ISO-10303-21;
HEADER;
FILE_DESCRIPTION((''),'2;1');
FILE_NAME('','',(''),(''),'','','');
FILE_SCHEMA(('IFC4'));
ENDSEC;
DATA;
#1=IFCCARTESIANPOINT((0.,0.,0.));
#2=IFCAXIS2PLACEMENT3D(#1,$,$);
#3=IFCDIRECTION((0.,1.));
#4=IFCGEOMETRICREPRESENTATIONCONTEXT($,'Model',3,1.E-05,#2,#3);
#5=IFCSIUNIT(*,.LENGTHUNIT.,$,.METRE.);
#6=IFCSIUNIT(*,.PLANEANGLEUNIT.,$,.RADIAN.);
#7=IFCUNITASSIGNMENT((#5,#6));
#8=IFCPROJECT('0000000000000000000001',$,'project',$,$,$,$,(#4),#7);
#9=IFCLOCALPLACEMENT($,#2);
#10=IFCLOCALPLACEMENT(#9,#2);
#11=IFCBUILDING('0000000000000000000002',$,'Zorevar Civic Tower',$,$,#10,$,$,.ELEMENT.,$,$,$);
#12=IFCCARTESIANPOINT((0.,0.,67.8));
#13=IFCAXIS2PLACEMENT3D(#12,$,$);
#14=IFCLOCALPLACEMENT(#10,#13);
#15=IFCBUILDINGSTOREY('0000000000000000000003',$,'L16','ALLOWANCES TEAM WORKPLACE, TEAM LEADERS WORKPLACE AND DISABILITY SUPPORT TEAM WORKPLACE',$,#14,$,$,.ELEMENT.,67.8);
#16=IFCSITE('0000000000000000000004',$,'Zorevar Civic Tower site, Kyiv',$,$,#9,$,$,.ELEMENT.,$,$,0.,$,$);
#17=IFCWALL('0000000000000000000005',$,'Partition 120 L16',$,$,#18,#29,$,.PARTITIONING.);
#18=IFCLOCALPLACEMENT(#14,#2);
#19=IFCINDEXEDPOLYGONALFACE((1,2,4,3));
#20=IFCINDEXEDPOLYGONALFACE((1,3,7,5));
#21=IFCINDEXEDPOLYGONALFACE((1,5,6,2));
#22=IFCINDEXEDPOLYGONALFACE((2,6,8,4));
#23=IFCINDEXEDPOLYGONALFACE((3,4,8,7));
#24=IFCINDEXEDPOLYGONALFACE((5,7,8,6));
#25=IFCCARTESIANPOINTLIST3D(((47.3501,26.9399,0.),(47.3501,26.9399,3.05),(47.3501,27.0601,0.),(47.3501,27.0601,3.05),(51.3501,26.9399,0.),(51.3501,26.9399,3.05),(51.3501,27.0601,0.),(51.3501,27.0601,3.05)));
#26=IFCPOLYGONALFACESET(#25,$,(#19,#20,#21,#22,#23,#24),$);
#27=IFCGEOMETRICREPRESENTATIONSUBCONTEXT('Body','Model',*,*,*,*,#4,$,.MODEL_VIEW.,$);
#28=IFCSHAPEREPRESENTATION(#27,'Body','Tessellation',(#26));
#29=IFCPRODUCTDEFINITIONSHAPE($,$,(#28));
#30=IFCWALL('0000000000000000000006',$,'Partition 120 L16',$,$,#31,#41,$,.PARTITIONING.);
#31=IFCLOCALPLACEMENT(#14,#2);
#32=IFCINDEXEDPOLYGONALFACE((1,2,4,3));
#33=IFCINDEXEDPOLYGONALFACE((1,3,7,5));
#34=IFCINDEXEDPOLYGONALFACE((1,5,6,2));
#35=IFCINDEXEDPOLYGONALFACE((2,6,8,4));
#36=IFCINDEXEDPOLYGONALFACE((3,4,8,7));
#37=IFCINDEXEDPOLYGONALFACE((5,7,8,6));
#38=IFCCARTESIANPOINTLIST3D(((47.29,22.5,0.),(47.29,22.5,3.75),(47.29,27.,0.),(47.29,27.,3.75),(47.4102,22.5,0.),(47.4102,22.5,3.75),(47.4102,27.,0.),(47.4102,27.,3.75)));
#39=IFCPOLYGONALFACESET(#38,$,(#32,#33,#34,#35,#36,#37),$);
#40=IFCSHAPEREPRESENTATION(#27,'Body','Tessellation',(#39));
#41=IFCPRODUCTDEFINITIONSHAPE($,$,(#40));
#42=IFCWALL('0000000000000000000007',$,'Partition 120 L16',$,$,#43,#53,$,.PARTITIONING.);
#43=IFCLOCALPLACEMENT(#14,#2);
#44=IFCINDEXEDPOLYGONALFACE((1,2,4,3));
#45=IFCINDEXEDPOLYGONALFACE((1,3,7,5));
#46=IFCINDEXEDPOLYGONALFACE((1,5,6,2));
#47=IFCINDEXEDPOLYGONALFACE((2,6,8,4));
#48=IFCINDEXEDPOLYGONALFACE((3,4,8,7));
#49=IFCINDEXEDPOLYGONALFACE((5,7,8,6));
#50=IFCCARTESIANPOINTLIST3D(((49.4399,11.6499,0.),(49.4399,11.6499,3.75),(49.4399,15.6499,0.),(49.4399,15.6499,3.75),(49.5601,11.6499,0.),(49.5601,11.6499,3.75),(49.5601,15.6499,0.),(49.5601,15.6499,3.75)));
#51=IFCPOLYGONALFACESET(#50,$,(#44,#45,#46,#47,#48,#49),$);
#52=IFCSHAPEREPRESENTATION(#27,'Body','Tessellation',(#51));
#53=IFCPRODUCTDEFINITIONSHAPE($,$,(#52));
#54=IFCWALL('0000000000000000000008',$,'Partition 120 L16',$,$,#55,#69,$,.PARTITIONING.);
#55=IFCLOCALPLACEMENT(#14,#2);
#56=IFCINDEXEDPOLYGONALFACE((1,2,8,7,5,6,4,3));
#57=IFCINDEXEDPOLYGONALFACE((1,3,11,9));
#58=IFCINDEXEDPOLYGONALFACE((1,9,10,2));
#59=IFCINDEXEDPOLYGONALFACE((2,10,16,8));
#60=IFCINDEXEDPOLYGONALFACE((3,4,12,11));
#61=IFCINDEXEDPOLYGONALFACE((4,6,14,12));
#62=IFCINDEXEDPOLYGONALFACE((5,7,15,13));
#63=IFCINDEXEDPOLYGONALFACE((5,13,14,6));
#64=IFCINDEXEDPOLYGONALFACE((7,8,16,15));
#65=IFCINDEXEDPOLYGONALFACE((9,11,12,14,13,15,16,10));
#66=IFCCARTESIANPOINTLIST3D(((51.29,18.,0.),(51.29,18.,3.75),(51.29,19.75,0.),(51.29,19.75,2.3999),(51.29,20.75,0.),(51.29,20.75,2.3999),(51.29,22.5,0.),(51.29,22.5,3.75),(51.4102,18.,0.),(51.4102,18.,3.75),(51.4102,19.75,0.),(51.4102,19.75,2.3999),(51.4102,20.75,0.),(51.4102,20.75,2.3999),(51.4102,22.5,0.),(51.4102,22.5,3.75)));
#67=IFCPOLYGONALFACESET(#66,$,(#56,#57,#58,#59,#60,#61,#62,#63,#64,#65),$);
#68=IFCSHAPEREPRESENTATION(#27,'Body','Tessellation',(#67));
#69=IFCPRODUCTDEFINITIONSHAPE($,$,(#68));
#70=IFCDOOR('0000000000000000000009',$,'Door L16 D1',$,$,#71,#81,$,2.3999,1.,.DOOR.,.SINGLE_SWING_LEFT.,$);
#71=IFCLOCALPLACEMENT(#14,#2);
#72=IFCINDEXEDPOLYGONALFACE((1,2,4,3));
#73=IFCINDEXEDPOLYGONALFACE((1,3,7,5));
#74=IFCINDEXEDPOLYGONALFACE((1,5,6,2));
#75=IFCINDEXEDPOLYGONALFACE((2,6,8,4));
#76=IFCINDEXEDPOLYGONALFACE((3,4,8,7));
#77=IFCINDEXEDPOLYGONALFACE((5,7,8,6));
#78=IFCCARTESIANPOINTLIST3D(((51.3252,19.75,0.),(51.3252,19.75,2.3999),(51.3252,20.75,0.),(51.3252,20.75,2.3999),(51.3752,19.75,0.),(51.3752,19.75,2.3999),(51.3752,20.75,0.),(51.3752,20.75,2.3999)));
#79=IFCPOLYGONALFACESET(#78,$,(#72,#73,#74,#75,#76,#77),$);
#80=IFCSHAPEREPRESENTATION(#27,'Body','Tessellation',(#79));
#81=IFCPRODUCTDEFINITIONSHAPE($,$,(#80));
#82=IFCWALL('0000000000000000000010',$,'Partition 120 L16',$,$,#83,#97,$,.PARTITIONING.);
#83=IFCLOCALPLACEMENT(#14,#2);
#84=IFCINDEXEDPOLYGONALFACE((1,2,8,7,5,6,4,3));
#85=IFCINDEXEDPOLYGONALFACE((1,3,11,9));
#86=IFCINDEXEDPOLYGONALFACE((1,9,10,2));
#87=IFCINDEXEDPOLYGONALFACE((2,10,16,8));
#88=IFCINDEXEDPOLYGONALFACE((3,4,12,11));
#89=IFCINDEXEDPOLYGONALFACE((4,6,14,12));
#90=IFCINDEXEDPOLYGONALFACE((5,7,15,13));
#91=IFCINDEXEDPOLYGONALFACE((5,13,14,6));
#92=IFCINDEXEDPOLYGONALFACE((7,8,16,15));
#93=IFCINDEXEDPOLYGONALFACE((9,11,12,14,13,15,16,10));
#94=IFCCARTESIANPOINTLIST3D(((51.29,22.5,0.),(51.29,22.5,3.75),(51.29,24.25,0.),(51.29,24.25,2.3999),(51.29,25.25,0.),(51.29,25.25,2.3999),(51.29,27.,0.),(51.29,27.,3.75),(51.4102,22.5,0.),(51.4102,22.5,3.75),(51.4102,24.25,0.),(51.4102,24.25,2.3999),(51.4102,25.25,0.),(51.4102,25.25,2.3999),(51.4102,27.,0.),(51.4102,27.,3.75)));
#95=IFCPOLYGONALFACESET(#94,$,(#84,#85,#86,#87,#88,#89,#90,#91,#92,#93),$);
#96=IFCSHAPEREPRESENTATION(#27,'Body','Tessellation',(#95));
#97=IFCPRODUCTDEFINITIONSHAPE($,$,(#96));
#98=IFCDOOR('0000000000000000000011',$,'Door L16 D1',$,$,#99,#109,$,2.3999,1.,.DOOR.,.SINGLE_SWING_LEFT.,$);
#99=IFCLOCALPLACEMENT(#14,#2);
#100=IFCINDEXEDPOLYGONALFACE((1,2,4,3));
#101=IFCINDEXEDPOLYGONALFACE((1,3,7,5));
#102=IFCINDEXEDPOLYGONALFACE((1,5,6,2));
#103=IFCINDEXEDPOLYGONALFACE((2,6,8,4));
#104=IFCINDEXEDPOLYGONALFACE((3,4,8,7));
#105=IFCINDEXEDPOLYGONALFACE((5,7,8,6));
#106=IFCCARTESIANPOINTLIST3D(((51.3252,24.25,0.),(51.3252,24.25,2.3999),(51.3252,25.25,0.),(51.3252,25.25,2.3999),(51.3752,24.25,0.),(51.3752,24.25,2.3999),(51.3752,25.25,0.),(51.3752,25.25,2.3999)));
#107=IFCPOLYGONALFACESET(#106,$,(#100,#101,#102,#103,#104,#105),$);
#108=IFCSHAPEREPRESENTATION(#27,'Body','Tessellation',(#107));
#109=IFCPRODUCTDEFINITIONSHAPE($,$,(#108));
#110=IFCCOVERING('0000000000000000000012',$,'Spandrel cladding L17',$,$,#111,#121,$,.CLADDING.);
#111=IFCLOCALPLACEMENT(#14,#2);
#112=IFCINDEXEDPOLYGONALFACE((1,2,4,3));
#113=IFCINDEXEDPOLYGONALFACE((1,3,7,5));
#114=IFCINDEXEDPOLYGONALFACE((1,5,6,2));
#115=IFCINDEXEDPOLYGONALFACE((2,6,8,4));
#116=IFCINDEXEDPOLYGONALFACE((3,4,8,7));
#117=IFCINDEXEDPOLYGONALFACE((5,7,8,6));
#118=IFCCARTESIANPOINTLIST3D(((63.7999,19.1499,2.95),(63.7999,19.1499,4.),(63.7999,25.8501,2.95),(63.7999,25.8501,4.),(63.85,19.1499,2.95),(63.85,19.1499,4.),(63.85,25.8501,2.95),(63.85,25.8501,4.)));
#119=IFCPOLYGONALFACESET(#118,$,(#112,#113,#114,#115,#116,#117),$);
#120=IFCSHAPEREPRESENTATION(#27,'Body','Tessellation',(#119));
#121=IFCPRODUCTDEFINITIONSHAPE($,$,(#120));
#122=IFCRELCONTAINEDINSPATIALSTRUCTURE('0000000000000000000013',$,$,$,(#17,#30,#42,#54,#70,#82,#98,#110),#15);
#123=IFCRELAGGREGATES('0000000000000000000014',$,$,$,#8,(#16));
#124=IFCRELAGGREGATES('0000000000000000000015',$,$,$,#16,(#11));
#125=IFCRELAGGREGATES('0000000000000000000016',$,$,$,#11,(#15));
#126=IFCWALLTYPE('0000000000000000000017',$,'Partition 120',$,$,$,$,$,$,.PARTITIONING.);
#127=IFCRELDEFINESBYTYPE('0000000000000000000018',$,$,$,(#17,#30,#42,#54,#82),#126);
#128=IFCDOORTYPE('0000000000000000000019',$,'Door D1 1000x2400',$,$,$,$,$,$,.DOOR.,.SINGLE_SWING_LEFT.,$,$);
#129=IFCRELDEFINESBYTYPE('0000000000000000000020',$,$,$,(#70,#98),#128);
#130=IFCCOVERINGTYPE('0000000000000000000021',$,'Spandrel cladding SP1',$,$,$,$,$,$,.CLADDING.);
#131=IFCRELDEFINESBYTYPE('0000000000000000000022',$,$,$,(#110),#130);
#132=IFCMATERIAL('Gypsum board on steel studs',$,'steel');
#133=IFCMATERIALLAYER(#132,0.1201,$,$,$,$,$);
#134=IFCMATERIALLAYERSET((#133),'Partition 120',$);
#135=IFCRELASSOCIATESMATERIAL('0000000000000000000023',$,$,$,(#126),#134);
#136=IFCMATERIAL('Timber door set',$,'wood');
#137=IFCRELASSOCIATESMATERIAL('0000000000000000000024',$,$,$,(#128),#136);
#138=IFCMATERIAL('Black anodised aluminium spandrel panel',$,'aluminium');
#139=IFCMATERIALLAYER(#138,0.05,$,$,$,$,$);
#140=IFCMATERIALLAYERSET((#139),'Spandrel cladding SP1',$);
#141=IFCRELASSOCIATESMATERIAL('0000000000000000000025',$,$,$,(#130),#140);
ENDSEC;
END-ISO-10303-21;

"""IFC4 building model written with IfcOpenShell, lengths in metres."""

from ifc_helpers import new_model, si_unit, direction, frame, frame_2d, origin, place, context, subcontext, project, spatial, rectangle, extrude, material, layer, layer_set, type_object, element, fill, save


model = new_model("IFC4")

# Units and contexts
model_context = context("Model", 3, precision=1e-05, world=origin(), true_north=direction((0.0, 1.0)))
body_context = subcontext(model_context, "Body", "Model", "MODEL_VIEW")
ifc_project = project(units=[si_unit("LENGTHUNIT", "METRE"), si_unit("PLANEANGLEUNIT", "RADIAN")], contexts=[model_context])

# Site, building, storey
site_placement = place(None, origin())
site = spatial("IfcSite", under=ifc_project, at=site_placement, Name="Zorevar Civic Tower site, Kyiv", CompositionType="ELEMENT", RefElevation=0.0)
building_placement = place(site_placement, origin())
building = spatial("IfcBuilding", under=site, at=building_placement, Name="Zorevar Civic Tower", CompositionType="ELEMENT")
storey_placement = place(building_placement, frame((0.0, 0.0, 67.8)))
storey = spatial("IfcBuildingStorey", under=building, at=storey_placement, Name="L16", Description="ALLOWANCES TEAM WORKPLACE, TEAM LEADERS WORKPLACE AND DISABILITY SUPPORT TEAM WORKPLACE", CompositionType="ELEMENT", Elevation=67.8)

# Walls
ifc_material_1 = material(Name="Gypsum board on steel studs", Category="steel")
ifc_layer_1 = layer(ifc_material_1, 0.1201)
ifc_layer_set_1 = layer_set([ifc_layer_1], Name="Partition 120")
wall_type_1 = type_object("IfcWallType", Name="Partition 120", PredefinedType="PARTITIONING", material=ifc_layer_set_1)
wall_1_placement = place(storey_placement, frame((47.3501, 27.0, 0.0), z_axis=(0.0, 0.0, 1.0), x_axis=(1.0, 0.0, 0.0)))
element("IfcWall", 1, at=wall_1_placement, inside=storey, type_object=wall_type_1, Name="Partition 120 L16", PredefinedType="PARTITIONING", context=body_context, shape_type="SweptSolid", body=[
    extrude(rectangle(XDim=4.0, YDim=0.1201, at=frame_2d((2.0, 0.0))), origin(), (0.0, 0.0, 1.0), 3.05),
])
wall_2_placement = place(storey_placement, frame((47.3501, 22.5, 0.0), z_axis=(0.0, 0.0, 1.0), x_axis=(0.0, 1.0, 0.0)))
element("IfcWall", 2, at=wall_2_placement, inside=storey, type_object=wall_type_1, Name="Partition 120 L16", PredefinedType="PARTITIONING", context=body_context, shape_type="SweptSolid", body=[
    extrude(rectangle(XDim=4.5, YDim=0.1201, at=frame_2d((2.25, 0.0))), origin(), (0.0, 0.0, 1.0), 3.75),
])
wall_3_placement = place(storey_placement, frame((49.5, 11.6499, 0.0), z_axis=(0.0, 0.0, 1.0), x_axis=(0.0, 1.0, 0.0)))
element("IfcWall", 3, at=wall_3_placement, inside=storey, type_object=wall_type_1, Name="Partition 120 L16", PredefinedType="PARTITIONING", context=body_context, shape_type="SweptSolid", body=[
    extrude(rectangle(XDim=4.0, YDim=0.1201, at=frame_2d((2.0, 0.0))), origin(), (0.0, 0.0, 1.0), 3.75),
])

# Walls, openings, doors
wall_4_placement = place(storey_placement, frame((51.3501, 18.0, 0.0), z_axis=(0.0, 0.0, 1.0), x_axis=(0.0, 1.0, 0.0)))
wall_4 = element("IfcWall", 4, at=wall_4_placement, inside=storey, type_object=wall_type_1, Name="Partition 120 L16", PredefinedType="PARTITIONING", context=body_context, shape_type="SweptSolid", body=[
    extrude(rectangle(XDim=4.5, YDim=0.1201, at=frame_2d((2.25, 0.0))), origin(), (0.0, 0.0, 1.0), 3.75),
])
opening_1_placement = place(wall_4_placement, frame((1.75, 0.0, 0.0)))
opening_1 = element("IfcOpeningElement", 5, at=opening_1_placement, cuts=wall_4, PredefinedType="OPENING", context=body_context, shape_type="SweptSolid", body=[
    extrude(rectangle(XDim=1.0, YDim=2.3999, at=frame_2d((0.5, 1.2))), frame((0.0, 0.0701, 0.0), z_axis=(0.0, -1.0, 0.0), x_axis=(1.0, 0.0, 0.0)), (0.0, 0.0, 1.0), 0.1401),
])
ifc_material_2 = material(Name="Timber door set", Category="wood")
door_type_1 = type_object("IfcDoorType", Name="Door D1 1000x2400", OperationType="SINGLE_SWING_LEFT", PredefinedType="DOOR", material=ifc_material_2)
door_1_placement = place(opening_1_placement, origin())
door_1 = element("IfcDoor", 6, at=door_1_placement, inside=storey, type_object=door_type_1, Name="Door L16 D1", OperationType="SINGLE_SWING_LEFT", OverallHeight=2.3999, OverallWidth=1.0, PredefinedType="DOOR", context=body_context, shape_type="SweptSolid", body=[
    extrude(rectangle(XDim=1.0, YDim=2.3999, at=frame_2d((0.5, 1.2))), frame((0.0, 0.0249, 0.0), z_axis=(0.0, -1.0, 0.0), x_axis=(1.0, 0.0, 0.0)), (0.0, 0.0, 1.0), 0.05),
])
fill(opening_1, door_1)
wall_5_placement = place(storey_placement, frame((51.3501, 22.5, 0.0), z_axis=(0.0, 0.0, 1.0), x_axis=(0.0, 1.0, 0.0)))
wall_5 = element("IfcWall", 7, at=wall_5_placement, inside=storey, type_object=wall_type_1, Name="Partition 120 L16", PredefinedType="PARTITIONING", context=body_context, shape_type="SweptSolid", body=[
    extrude(rectangle(XDim=4.5, YDim=0.1201, at=frame_2d((2.25, 0.0))), origin(), (0.0, 0.0, 1.0), 3.75),
])
opening_2_placement = place(wall_5_placement, frame((1.75, 0.0, 0.0)))
opening_2 = element("IfcOpeningElement", 8, at=opening_2_placement, cuts=wall_5, PredefinedType="OPENING", context=body_context, shape_type="SweptSolid", body=[
    extrude(rectangle(XDim=1.0, YDim=2.3999, at=frame_2d((0.5, 1.2))), frame((0.0, 0.0701, 0.0), z_axis=(0.0, -1.0, 0.0), x_axis=(1.0, 0.0, 0.0)), (0.0, 0.0, 1.0), 0.1401),
])
door_2_placement = place(opening_2_placement, origin())
door_2 = element("IfcDoor", 9, at=door_2_placement, inside=storey, type_object=door_type_1, Name="Door L16 D1", OperationType="SINGLE_SWING_LEFT", OverallHeight=2.3999, OverallWidth=1.0, PredefinedType="DOOR", context=body_context, shape_type="SweptSolid", body=[
    extrude(rectangle(XDim=1.0, YDim=2.3999, at=frame_2d((0.5, 1.2))), frame((0.0, 0.0249, 0.0), z_axis=(0.0, -1.0, 0.0), x_axis=(1.0, 0.0, 0.0)), (0.0, 0.0, 1.0), 0.05),
])
fill(opening_2, door_2)

# Covering
ifc_material_3 = material(Name="Black anodised aluminium spandrel panel", Category="aluminium")
ifc_layer_2 = layer(ifc_material_3, 0.05)
ifc_layer_set_2 = layer_set([ifc_layer_2], Name="Spandrel cladding SP1")
covering_type = type_object("IfcCoveringType", Name="Spandrel cladding SP1", PredefinedType="CLADDING", material=ifc_layer_set_2)
covering_placement = place(storey_placement, frame((63.825, 19.1499, 2.95), z_axis=(0.0, 0.0, 1.0), x_axis=(0.0, 1.0, 0.0)))
element("IfcCovering", 10, at=covering_placement, inside=storey, type_object=covering_type, Name="Spandrel cladding L17", PredefinedType="CLADDING", context=body_context, shape_type="SweptSolid", body=[
    extrude(rectangle(XDim=6.7002, YDim=0.05, at=frame_2d((3.3501, 0.0))), origin(), (0.0, 0.0, 1.0), 1.05),
])

save(model, "model.ifc")
